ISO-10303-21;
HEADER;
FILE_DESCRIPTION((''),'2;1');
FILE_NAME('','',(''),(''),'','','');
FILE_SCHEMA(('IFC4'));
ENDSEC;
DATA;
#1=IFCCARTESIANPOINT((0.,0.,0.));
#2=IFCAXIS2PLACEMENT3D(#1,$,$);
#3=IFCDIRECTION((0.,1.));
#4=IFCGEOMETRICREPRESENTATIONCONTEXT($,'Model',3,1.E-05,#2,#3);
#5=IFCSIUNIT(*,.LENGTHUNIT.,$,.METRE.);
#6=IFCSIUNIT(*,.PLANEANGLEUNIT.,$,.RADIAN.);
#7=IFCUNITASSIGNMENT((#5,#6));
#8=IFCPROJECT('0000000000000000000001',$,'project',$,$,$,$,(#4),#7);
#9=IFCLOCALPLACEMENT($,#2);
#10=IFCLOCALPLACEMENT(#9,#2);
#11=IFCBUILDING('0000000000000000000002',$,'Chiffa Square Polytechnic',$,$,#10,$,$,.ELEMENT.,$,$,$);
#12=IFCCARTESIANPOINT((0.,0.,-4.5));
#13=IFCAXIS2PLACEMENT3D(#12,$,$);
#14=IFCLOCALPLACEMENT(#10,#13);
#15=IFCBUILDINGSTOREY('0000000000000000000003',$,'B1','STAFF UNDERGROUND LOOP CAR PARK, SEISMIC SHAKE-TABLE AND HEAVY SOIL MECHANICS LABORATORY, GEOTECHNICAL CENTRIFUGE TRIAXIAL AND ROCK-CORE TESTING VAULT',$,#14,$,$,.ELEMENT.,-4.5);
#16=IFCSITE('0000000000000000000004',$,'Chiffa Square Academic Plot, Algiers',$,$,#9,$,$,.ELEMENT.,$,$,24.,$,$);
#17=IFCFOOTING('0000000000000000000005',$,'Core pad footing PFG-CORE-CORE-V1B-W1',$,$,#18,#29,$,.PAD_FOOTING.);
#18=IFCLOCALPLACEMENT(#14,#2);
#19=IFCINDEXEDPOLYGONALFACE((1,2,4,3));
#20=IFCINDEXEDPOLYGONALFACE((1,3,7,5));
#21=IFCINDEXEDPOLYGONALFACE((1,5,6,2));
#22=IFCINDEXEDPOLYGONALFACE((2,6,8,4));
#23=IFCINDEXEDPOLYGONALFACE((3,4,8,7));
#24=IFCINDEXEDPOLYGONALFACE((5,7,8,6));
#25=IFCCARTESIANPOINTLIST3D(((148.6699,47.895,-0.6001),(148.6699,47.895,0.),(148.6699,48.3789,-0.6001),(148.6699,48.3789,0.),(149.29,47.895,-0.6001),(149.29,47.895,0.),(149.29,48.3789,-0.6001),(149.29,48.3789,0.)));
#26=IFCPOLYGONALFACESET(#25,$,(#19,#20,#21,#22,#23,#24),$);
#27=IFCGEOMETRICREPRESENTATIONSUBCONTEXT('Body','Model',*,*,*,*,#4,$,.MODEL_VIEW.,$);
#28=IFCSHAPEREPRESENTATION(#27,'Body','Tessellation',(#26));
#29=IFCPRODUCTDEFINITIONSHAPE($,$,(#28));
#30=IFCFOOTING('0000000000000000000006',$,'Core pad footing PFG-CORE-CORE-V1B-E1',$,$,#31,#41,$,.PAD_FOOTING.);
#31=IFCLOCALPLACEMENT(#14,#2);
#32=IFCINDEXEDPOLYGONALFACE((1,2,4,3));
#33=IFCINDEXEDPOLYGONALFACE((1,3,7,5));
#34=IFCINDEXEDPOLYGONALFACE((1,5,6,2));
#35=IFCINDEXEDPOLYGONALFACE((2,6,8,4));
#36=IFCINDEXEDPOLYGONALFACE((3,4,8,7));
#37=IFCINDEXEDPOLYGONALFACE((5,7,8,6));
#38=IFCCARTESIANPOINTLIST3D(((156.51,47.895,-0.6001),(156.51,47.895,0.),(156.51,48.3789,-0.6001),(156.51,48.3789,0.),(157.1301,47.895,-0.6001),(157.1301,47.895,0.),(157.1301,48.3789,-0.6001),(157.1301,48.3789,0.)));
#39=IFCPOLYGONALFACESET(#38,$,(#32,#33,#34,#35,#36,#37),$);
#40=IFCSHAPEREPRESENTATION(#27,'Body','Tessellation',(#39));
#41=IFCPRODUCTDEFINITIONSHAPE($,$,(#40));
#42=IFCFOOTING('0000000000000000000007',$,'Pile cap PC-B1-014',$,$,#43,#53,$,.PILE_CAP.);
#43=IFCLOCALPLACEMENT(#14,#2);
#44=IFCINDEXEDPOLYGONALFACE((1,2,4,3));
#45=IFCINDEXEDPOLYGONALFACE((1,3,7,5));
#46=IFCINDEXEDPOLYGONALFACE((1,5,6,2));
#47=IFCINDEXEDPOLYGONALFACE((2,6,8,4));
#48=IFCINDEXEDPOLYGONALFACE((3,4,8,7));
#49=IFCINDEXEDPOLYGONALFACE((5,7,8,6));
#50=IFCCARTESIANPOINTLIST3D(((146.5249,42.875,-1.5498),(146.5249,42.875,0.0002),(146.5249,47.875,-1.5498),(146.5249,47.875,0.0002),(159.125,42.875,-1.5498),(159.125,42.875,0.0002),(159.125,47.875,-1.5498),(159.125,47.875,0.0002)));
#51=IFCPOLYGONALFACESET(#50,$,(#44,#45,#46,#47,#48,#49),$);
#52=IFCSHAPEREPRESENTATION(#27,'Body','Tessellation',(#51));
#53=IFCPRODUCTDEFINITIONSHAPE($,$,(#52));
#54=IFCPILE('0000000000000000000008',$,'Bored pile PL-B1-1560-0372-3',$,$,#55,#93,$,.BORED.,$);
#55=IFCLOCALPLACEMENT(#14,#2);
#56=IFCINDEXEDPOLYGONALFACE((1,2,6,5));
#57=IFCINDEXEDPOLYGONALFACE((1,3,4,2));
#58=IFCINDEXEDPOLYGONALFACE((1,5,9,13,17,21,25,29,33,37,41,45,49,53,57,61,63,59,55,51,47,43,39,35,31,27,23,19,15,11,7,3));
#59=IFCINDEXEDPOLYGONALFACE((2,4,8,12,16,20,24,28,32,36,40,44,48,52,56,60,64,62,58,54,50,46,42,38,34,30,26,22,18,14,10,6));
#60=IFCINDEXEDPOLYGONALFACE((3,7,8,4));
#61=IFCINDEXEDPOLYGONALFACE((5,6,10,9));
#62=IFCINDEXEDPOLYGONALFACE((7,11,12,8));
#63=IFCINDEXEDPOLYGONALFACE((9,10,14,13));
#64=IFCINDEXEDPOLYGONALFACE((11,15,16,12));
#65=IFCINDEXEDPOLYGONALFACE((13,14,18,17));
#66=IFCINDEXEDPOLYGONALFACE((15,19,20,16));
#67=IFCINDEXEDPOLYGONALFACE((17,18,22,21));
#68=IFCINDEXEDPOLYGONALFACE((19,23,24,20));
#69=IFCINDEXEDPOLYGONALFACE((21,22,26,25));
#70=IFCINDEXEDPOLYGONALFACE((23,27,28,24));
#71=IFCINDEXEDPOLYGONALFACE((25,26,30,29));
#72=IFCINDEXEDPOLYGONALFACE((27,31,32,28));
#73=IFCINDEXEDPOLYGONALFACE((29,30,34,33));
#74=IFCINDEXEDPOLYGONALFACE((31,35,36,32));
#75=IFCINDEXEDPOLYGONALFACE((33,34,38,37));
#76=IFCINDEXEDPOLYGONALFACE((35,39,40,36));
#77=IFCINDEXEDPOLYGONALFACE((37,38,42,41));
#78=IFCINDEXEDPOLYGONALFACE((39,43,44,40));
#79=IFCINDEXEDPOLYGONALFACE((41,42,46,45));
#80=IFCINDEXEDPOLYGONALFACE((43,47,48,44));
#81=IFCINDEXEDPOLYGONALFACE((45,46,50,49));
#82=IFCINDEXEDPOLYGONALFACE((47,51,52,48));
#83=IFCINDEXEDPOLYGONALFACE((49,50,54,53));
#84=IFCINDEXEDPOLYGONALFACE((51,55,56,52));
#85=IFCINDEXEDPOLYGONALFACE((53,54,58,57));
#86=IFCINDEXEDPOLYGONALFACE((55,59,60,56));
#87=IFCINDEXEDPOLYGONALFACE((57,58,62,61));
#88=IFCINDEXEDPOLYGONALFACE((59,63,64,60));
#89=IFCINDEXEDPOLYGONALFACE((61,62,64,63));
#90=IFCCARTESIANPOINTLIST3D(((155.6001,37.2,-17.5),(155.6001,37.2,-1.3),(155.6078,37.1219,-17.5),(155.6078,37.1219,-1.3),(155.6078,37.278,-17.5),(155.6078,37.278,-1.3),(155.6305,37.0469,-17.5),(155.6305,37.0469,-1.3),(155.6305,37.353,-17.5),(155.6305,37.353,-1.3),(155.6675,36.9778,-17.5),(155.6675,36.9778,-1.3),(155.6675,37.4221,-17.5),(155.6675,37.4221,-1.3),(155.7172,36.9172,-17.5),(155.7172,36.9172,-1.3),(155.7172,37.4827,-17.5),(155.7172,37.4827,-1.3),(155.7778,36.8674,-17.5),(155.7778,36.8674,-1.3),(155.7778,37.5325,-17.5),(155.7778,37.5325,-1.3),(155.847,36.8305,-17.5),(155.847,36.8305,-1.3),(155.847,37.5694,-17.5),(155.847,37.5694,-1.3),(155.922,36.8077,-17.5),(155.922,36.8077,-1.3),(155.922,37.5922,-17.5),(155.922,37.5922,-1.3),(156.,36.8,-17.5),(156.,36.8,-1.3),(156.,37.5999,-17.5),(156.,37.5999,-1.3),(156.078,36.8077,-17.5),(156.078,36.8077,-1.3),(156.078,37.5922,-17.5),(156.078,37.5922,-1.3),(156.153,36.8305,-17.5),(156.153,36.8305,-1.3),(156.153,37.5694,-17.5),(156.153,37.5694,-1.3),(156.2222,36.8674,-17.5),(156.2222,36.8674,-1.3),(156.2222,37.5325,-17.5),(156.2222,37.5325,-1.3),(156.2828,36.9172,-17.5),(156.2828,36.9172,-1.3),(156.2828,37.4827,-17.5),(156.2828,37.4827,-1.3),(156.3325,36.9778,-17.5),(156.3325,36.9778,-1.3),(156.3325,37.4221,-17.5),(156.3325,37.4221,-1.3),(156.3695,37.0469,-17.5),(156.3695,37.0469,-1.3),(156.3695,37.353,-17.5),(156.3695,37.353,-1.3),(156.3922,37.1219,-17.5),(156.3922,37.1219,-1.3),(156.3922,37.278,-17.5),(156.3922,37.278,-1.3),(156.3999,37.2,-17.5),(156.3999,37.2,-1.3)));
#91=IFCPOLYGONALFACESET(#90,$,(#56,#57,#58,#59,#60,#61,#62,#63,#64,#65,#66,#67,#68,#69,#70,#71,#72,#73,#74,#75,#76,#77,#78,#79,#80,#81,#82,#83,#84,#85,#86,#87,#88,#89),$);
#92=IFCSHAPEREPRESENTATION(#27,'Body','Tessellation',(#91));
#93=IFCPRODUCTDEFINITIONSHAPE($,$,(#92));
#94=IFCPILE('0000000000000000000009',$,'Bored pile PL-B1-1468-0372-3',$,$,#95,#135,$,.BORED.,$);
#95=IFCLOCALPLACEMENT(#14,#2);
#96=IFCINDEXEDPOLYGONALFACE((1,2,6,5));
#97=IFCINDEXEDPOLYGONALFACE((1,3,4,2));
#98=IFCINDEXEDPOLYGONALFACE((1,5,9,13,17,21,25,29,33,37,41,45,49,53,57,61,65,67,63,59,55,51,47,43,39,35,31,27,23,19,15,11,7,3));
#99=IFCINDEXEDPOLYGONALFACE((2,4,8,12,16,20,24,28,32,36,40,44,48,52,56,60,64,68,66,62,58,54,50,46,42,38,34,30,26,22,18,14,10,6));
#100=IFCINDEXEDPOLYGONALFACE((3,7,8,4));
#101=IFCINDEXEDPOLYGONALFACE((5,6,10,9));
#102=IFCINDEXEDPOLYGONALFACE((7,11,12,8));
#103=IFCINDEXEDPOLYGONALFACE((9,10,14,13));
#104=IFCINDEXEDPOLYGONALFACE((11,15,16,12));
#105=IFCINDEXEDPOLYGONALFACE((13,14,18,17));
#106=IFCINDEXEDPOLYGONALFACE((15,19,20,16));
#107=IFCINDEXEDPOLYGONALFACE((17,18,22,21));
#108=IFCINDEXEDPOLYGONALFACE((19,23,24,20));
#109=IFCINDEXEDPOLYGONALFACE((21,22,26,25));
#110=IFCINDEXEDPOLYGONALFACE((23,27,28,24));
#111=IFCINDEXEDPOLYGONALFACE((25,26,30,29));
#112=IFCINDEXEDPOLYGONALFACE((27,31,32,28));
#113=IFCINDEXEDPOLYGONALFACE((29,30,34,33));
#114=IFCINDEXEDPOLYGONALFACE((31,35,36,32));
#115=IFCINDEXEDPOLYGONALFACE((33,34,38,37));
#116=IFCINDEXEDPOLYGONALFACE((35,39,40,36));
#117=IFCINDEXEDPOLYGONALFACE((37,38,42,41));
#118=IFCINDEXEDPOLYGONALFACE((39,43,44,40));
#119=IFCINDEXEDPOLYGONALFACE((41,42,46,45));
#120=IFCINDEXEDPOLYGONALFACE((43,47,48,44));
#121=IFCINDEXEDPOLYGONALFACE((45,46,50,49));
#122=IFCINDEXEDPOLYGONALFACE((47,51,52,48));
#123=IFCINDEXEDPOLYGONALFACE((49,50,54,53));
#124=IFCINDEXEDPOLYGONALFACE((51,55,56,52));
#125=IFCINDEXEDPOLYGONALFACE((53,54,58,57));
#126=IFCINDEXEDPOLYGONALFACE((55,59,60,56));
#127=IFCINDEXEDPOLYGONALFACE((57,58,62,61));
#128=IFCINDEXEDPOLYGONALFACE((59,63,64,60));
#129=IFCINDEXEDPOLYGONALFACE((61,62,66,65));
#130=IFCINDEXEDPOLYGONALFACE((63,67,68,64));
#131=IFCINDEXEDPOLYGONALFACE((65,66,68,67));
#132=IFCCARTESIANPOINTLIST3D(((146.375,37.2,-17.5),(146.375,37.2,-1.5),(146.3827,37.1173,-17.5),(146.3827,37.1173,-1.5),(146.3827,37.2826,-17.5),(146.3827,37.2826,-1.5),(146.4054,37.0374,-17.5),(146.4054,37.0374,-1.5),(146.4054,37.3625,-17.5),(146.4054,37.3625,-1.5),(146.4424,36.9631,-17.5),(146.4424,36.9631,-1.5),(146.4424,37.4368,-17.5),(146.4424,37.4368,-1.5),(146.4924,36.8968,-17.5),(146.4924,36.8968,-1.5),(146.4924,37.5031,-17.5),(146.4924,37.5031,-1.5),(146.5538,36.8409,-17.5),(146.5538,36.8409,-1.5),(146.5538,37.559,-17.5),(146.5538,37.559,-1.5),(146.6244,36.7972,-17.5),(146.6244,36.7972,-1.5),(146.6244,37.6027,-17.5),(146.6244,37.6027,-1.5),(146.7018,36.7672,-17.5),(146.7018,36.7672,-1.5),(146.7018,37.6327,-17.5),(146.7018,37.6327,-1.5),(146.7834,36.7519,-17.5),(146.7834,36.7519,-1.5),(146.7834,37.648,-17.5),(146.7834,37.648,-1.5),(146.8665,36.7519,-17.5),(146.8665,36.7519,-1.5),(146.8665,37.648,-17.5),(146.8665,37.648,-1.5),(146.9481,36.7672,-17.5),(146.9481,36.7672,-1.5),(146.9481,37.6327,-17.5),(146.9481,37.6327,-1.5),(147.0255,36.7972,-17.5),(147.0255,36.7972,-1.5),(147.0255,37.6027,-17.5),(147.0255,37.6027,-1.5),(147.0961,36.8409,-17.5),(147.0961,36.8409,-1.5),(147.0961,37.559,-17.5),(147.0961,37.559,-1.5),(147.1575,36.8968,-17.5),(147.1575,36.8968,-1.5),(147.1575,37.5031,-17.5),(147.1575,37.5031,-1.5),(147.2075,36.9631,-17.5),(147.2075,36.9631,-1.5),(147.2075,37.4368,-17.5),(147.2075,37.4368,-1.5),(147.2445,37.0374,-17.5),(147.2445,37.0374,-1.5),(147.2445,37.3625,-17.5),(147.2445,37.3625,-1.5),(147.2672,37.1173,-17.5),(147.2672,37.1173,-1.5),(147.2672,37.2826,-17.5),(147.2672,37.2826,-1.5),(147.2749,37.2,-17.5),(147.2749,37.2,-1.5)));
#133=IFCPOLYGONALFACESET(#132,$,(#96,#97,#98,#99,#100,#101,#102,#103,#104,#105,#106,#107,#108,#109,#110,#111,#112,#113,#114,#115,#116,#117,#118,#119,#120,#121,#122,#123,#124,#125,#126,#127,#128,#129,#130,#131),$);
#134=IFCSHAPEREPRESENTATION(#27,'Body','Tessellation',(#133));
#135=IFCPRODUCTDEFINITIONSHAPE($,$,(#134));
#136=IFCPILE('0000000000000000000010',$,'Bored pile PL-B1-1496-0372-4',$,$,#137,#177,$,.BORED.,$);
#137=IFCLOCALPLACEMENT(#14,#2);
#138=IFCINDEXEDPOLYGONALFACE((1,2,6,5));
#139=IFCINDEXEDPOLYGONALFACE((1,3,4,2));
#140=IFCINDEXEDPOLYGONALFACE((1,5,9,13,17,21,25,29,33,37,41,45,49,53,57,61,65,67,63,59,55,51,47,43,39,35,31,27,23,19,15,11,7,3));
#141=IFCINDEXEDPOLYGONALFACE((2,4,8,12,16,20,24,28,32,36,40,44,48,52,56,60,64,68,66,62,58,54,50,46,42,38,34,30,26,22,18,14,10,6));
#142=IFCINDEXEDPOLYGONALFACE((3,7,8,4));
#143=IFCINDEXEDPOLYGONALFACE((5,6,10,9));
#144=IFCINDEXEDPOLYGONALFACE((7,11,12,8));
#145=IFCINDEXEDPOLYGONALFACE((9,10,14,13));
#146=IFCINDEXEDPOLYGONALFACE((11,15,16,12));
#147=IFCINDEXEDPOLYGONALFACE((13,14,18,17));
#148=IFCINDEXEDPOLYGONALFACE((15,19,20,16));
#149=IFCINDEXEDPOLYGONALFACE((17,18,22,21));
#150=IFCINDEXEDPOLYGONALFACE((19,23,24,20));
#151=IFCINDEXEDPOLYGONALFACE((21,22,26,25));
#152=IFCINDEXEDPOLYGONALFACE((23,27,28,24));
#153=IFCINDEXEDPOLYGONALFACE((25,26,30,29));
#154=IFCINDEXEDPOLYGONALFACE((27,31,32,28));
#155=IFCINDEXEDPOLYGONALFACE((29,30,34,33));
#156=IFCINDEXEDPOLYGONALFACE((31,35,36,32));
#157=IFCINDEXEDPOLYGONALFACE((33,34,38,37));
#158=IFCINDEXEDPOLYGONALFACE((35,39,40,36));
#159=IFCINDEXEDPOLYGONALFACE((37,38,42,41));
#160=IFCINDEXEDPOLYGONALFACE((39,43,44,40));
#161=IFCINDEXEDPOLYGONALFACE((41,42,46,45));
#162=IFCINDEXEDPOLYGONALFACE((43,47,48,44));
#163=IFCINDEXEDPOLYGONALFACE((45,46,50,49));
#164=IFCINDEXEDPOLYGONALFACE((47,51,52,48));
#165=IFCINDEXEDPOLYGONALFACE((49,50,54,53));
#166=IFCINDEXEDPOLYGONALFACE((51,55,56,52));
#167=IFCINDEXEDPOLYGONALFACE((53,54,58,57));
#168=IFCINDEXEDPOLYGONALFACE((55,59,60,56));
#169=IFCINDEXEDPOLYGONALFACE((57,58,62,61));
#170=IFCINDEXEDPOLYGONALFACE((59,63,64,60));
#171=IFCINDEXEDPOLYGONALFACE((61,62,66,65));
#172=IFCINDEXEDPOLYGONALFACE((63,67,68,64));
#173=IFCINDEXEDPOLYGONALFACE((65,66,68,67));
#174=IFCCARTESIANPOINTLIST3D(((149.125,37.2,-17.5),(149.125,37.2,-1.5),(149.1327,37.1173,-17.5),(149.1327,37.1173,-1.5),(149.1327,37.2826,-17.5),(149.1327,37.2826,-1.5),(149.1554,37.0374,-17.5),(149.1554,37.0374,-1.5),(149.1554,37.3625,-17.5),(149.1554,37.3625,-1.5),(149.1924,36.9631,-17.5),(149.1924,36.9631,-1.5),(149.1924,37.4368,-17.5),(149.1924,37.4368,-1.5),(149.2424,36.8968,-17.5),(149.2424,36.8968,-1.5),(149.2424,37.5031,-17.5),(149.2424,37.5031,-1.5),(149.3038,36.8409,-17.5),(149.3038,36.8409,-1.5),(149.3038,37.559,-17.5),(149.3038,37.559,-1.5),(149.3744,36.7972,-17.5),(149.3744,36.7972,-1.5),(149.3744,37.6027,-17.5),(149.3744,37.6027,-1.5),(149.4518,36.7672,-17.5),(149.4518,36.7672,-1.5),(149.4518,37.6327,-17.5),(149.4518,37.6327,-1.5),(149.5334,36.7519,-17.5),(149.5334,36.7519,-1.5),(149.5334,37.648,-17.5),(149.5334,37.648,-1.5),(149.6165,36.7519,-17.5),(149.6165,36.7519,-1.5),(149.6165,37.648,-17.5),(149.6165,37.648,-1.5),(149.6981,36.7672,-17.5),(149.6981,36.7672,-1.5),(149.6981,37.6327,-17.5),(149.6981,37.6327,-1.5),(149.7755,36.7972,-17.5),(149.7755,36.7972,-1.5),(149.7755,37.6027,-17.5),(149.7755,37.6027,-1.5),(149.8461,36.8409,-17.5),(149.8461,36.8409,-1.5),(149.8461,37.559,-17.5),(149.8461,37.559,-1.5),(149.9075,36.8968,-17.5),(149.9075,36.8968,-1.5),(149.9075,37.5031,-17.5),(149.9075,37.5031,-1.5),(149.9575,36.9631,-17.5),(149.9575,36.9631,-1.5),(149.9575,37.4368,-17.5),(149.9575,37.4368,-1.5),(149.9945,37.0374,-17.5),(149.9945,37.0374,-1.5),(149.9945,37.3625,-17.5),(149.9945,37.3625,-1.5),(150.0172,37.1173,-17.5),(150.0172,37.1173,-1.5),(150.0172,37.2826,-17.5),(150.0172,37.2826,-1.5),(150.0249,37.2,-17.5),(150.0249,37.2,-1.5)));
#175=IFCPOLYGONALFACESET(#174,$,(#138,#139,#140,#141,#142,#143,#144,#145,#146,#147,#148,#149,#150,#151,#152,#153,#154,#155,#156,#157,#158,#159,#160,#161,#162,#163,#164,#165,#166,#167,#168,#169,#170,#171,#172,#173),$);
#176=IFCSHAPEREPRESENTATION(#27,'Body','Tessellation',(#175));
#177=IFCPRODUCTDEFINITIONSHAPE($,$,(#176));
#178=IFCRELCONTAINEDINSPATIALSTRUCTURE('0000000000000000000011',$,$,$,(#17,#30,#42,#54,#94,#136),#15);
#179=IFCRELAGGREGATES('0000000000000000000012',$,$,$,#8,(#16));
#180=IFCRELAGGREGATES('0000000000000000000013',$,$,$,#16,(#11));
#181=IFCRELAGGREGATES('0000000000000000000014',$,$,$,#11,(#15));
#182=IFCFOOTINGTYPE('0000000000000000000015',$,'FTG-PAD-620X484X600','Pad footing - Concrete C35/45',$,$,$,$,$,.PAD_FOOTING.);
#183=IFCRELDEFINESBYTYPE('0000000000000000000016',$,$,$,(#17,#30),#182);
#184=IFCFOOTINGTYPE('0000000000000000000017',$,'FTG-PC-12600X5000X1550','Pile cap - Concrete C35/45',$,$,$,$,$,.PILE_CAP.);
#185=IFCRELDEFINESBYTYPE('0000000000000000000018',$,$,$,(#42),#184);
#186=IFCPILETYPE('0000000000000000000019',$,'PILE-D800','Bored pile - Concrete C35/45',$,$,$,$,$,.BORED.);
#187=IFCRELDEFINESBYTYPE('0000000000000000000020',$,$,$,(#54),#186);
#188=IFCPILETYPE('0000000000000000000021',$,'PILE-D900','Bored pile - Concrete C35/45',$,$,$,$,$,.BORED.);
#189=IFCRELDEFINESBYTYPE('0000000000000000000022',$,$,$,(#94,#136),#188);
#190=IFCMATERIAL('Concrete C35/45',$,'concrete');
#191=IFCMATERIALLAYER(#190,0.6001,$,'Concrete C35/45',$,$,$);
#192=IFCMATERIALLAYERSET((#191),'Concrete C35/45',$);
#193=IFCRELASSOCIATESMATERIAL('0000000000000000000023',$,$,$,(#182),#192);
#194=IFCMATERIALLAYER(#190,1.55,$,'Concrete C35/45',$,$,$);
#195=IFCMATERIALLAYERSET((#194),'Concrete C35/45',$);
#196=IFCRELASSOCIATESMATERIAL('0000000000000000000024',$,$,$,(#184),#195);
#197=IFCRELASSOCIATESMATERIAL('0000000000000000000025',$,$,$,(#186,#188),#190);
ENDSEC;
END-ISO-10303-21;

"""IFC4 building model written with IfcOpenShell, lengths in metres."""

from ifc_helpers import new_model, si_unit, direction, frame, origin, origin_2d, place, context, subcontext, project, spatial, rectangle, circle, extrude, material, layer, layer_set, material_profile, profile_set, type_object, element, save


model = new_model("IFC4")

# Units and contexts
model_context = context("Model", 3, precision=1e-05, world=origin(), true_north=direction((0.0, 1.0)))
body_context = subcontext(model_context, "Body", "Model", "MODEL_VIEW")
ifc_project = project(units=[si_unit("LENGTHUNIT", "METRE"), si_unit("PLANEANGLEUNIT", "RADIAN")], contexts=[model_context])

# Site, building, storey
site_placement = place(None, origin())
site = spatial("IfcSite", under=ifc_project, at=site_placement, Name="Chiffa Square Academic Plot, Algiers", CompositionType="ELEMENT", RefElevation=24.0)
building_placement = place(site_placement, origin())
building = spatial("IfcBuilding", under=site, at=building_placement, Name="Chiffa Square Polytechnic", CompositionType="ELEMENT")
storey_placement = place(building_placement, frame((0.0, 0.0, -4.5)))
storey = spatial("IfcBuildingStorey", under=building, at=storey_placement, Name="B1", Description="STAFF UNDERGROUND LOOP CAR PARK, SEISMIC SHAKE-TABLE AND HEAVY SOIL MECHANICS LABORATORY, GEOTECHNICAL CENTRIFUGE TRIAXIAL AND ROCK-CORE TESTING VAULT", CompositionType="ELEMENT", Elevation=-4.5)

# Footings
ifc_material_1 = material(Name="Concrete C35/45", Category="concrete")
ifc_layer_1 = layer(ifc_material_1, 0.6001, Name="Concrete C35/45")
ifc_layer_set_1 = layer_set([ifc_layer_1], Name="Concrete C35/45")
footing_type_1 = type_object("IfcFootingType", Name="FTG-PAD-620X484X600", Description="Pad footing - Concrete C35/45", PredefinedType="PAD_FOOTING", material=ifc_layer_set_1)
for number, where, z_axis, x_axis, name in (
    (1, (148.98, 48.137, -0.6001), (0.0, 0.0, 1.0), (1.0, 0.0, 0.0), "Core pad footing PFG-CORE-CORE-V1B-W1"),
    (2, (156.8201, 48.137, -0.6001), (0.0, 0.0, 1.0), (1.0, 0.0, 0.0), "Core pad footing PFG-CORE-CORE-V1B-E1"),
):
    element("IfcFooting", number, at=place(storey_placement, frame(where, z_axis=z_axis, x_axis=x_axis)), inside=storey, type_object=footing_type_1, Name=name, PredefinedType="PAD_FOOTING", context=body_context, shape_type="SweptSolid", body=[
        extrude(rectangle(XDim=0.6201, YDim=0.4839, at=origin_2d()), origin(), (0.0, 0.0, 1.0), 0.6001),
    ])
ifc_layer_2 = layer(ifc_material_1, 1.55, Name="Concrete C35/45")
ifc_layer_set_2 = layer_set([ifc_layer_2], Name="Concrete C35/45")
footing_type_2 = type_object("IfcFootingType", Name="FTG-PC-12600X5000X1550", Description="Pile cap - Concrete C35/45", PredefinedType="PILE_CAP", material=ifc_layer_set_2)
footing_placement = place(storey_placement, frame((152.825, 45.375, -1.5498), z_axis=(0.0, 0.0, 1.0), x_axis=(1.0, 0.0, 0.0)))
element("IfcFooting", 3, at=footing_placement, inside=storey, type_object=footing_type_2, Name="Pile cap PC-B1-014", PredefinedType="PILE_CAP", context=body_context, shape_type="SweptSolid", body=[
    extrude(rectangle(XDim=12.6001, YDim=5.0, at=origin_2d()), origin(), (0.0, 0.0, 1.0), 1.55),
])

# Piles
ifc_material_profile_1 = material_profile(ifc_material_1, circle(Radius=0.3999, at=origin_2d()), Name="PILE D800")
ifc_profile_set_1 = profile_set([ifc_material_profile_1], Name="Concrete C35/45")
pile_type_1 = type_object("IfcPileType", Name="PILE-D800", Description="Bored pile - Concrete C35/45", PredefinedType="BORED", material=ifc_profile_set_1)
pile_1_placement = place(storey_placement, frame((156.0, 37.2, -1.3), z_axis=(0.0, 0.0, -1.0), x_axis=(1.0, 0.0, 0.0)))
element("IfcPile", 4, at=pile_1_placement, inside=storey, type_object=pile_type_1, Name="Bored pile PL-B1-1560-0372-3", PredefinedType="BORED", context=body_context, shape_type="SweptSolid", body=[
    extrude(circle(Radius=0.3999, at=origin_2d()), origin(), (0.0, 0.0, 1.0), 16.2),
])
ifc_material_profile_2 = material_profile(ifc_material_1, circle(Radius=0.45, at=origin_2d()), Name="PILE D900")
ifc_profile_set_2 = profile_set([ifc_material_profile_2], Name="Concrete C35/45")
pile_type_2 = type_object("IfcPileType", Name="PILE-D900", Description="Bored pile - Concrete C35/45", PredefinedType="BORED", material=ifc_profile_set_2)
for number, where, z_axis, x_axis, name in (
    (5, (146.825, 37.2, -1.5), (0.0, 0.0, -1.0), (1.0, 0.0, 0.0), "Bored pile PL-B1-1468-0372-3"),
    (6, (149.575, 37.2, -1.5), (0.0, 0.0, -1.0), (1.0, 0.0, 0.0), "Bored pile PL-B1-1496-0372-4"),
):
    element("IfcPile", number, at=place(storey_placement, frame(where, z_axis=z_axis, x_axis=x_axis)), inside=storey, type_object=pile_type_2, Name=name, PredefinedType="BORED", context=body_context, shape_type="SweptSolid", body=[
        extrude(circle(Radius=0.45, at=origin_2d()), origin(), (0.0, 0.0, 1.0), 16.0),
    ])

save(model, "model.ifc")
